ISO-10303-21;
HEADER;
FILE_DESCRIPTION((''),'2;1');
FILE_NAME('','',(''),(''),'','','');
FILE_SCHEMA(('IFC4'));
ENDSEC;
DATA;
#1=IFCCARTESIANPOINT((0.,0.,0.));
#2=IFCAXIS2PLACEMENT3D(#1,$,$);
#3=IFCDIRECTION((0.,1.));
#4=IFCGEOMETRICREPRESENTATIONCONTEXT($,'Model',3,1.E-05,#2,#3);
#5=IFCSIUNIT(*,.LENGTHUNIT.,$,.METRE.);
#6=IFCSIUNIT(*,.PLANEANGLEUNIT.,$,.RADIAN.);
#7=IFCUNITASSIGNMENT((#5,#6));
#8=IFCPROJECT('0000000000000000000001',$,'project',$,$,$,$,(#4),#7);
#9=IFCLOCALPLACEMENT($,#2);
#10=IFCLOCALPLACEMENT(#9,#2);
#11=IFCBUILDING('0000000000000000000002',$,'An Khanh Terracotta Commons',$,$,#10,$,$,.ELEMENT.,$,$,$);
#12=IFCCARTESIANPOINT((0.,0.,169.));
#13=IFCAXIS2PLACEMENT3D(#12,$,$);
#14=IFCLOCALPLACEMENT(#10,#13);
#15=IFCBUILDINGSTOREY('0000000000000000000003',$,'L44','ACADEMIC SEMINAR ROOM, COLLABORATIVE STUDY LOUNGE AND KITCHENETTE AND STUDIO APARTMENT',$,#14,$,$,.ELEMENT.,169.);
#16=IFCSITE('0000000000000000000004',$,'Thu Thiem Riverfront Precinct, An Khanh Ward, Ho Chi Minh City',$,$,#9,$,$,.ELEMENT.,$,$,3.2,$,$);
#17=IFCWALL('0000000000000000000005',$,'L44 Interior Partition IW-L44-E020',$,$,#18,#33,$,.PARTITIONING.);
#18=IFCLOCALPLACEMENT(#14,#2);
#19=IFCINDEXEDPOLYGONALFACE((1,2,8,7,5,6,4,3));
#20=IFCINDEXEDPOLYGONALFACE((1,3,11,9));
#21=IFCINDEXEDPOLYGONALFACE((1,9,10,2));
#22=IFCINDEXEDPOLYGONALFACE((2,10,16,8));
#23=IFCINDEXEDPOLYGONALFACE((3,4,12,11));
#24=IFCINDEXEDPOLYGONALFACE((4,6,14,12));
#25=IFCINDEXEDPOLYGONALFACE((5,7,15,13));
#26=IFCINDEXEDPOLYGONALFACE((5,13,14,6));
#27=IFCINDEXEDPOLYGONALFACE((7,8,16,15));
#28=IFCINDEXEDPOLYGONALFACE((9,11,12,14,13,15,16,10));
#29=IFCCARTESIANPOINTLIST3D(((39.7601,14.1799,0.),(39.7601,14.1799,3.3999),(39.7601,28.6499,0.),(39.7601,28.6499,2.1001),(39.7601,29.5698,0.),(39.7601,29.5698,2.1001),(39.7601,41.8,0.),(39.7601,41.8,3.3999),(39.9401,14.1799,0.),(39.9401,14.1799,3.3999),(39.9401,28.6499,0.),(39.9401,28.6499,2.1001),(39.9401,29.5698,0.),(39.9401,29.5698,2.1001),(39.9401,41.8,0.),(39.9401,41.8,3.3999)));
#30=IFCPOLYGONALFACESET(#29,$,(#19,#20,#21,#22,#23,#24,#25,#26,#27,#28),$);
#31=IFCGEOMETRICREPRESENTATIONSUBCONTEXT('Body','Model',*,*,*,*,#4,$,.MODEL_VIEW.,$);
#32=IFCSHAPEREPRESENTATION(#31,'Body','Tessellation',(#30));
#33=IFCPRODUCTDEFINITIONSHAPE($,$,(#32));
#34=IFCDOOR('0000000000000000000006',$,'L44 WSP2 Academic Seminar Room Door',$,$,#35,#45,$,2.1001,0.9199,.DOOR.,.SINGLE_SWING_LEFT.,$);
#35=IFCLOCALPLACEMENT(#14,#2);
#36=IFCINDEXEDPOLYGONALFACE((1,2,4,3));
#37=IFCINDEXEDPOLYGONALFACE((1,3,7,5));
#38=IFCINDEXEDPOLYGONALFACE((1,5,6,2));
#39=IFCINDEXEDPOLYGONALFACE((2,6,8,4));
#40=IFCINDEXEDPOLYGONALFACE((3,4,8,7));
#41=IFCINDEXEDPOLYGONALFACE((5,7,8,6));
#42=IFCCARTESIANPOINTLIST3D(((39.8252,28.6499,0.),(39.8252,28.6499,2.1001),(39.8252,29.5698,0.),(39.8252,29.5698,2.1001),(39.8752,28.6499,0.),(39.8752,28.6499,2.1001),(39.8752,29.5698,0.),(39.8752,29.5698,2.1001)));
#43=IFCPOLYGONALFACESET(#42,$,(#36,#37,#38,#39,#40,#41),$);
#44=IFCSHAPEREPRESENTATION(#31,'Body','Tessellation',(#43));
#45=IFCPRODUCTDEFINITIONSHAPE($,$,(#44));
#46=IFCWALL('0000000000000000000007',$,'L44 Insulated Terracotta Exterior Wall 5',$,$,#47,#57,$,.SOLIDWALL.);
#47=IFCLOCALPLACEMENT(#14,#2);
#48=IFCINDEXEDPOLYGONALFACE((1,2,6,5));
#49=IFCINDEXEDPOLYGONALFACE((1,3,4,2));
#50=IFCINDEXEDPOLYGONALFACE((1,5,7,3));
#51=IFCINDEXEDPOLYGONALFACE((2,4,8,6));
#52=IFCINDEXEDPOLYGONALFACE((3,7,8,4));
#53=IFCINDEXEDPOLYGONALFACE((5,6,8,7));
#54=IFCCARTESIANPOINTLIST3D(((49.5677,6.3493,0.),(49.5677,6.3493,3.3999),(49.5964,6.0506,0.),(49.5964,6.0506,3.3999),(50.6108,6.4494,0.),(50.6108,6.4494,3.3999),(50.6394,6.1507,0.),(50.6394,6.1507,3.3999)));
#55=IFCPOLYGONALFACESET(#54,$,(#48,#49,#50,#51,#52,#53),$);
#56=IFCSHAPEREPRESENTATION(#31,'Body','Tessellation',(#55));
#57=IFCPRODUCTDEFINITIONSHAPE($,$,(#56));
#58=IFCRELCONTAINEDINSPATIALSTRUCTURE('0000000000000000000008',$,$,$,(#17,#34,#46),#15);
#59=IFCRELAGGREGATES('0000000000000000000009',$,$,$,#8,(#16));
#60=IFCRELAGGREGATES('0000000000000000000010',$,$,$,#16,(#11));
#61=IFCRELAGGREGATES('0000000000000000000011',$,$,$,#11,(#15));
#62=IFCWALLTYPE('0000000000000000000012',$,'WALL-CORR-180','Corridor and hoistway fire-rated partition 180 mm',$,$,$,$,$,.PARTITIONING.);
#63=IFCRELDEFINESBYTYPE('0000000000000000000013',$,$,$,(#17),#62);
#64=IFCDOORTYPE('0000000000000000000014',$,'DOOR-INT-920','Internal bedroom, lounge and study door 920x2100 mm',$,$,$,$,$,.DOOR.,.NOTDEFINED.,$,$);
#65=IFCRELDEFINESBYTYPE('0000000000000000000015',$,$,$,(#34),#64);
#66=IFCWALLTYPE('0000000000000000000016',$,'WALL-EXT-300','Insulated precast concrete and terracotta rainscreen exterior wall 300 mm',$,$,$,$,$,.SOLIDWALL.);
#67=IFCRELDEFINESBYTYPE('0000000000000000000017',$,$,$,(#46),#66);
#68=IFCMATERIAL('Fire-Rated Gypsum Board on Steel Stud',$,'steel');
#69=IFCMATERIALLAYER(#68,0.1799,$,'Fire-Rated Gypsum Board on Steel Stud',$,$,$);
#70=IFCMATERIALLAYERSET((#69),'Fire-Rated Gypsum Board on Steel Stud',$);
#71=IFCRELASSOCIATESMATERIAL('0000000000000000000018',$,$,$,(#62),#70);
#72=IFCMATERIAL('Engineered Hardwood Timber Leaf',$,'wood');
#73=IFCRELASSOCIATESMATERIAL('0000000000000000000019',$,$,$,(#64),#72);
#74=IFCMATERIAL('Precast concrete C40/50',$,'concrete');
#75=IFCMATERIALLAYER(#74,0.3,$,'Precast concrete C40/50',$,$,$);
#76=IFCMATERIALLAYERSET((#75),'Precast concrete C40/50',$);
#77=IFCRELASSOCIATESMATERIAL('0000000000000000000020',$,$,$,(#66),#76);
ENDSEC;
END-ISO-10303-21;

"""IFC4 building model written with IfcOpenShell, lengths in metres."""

from ifc_helpers import new_model, si_unit, direction, frame, frame_2d, origin, place, context, subcontext, project, spatial, rectangle, extrude, material, layer, layer_set, type_object, element, fill, save


model = new_model("IFC4")

# Units and contexts
model_context = context("Model", 3, precision=1e-05, world=origin(), true_north=direction((0.0, 1.0)))
body_context = subcontext(model_context, "Body", "Model", "MODEL_VIEW")
ifc_project = project(units=[si_unit("LENGTHUNIT", "METRE"), si_unit("PLANEANGLEUNIT", "RADIAN")], contexts=[model_context])

# Site, building, storey
site_placement = place(None, origin())
site = spatial("IfcSite", under=ifc_project, at=site_placement, Name="Thu Thiem Riverfront Precinct, An Khanh Ward, Ho Chi Minh City", CompositionType="ELEMENT", RefElevation=3.2)
building_placement = place(site_placement, origin())
building = spatial("IfcBuilding", under=site, at=building_placement, Name="An Khanh Terracotta Commons", CompositionType="ELEMENT")
storey_placement = place(building_placement, frame((0.0, 0.0, 169.0)))
storey = spatial("IfcBuildingStorey", under=building, at=storey_placement, Name="L44", Description="ACADEMIC SEMINAR ROOM, COLLABORATIVE STUDY LOUNGE AND KITCHENETTE AND STUDIO APARTMENT", CompositionType="ELEMENT", Elevation=169.0)

# Wall, opening, door
ifc_material_1 = material(Name="Fire-Rated Gypsum Board on Steel Stud", Category="steel")
ifc_layer_1 = layer(ifc_material_1, 0.1799, Name="Fire-Rated Gypsum Board on Steel Stud")
ifc_layer_set_1 = layer_set([ifc_layer_1], Name="Fire-Rated Gypsum Board on Steel Stud")
wall_type_1 = type_object("IfcWallType", Name="WALL-CORR-180", Description="Corridor and hoistway fire-rated partition 180 mm", PredefinedType="PARTITIONING", material=ifc_layer_set_1)
ifc_material_2 = material(Name="Engineered Hardwood Timber Leaf", Category="wood")
door_type_1 = type_object("IfcDoorType", Name="DOOR-INT-920", Description="Internal bedroom, lounge and study door 920x2100 mm", OperationType="NOTDEFINED", PredefinedType="DOOR", material=ifc_material_2)
wall_1_placement = place(storey_placement, frame((39.8501, 14.1799, 0.0), z_axis=(0.0, 0.0, 1.0), x_axis=(0.0, 1.0, 0.0)))
wall_1 = element("IfcWall", 1, at=wall_1_placement, inside=storey, type_object=wall_type_1, Name="L44 Interior Partition IW-L44-E020", PredefinedType="PARTITIONING", context=body_context, shape_type="SweptSolid", body=[
    extrude(rectangle(XDim=27.6201, YDim=0.1799, at=frame_2d((13.8101, 0.0))), origin(), (0.0, 0.0, 1.0), 3.3999),
])
opening_1_placement = place(wall_1_placement, frame((14.47, 0.0, 0.0)))
opening_1 = element("IfcOpeningElement", 2, at=opening_1_placement, cuts=wall_1, PredefinedType="OPENING", context=body_context, shape_type="SweptSolid", body=[
    extrude(rectangle(XDim=0.9199, YDim=2.1001, at=frame_2d((0.46, 1.05))), frame((0.0, 0.0999, 0.0), z_axis=(0.0, -1.0, 0.0), x_axis=(1.0, 0.0, 0.0)), (0.0, 0.0, 1.0), 0.2),
])
door_1_placement = place(opening_1_placement, origin())
door_1 = element("IfcDoor", 3, at=door_1_placement, inside=storey, type_object=door_type_1, Name="L44 WSP2 Academic Seminar Room Door", OperationType="SINGLE_SWING_LEFT", OverallHeight=2.1001, OverallWidth=0.9199, PredefinedType="DOOR", context=body_context, shape_type="SweptSolid", body=[
    extrude(rectangle(XDim=0.9199, YDim=2.1001, at=frame_2d((0.46, 1.05))), frame((0.0, 0.0249, 0.0), z_axis=(0.0, -1.0, 0.0), x_axis=(1.0, 0.0, 0.0)), (0.0, 0.0, 1.0), 0.05),
])
fill(opening_1, door_1)

# Wall
ifc_material_3 = material(Name="Precast concrete C40/50", Category="concrete")
ifc_layer_2 = layer(ifc_material_3, 0.3, Name="Precast concrete C40/50")
ifc_layer_set_2 = layer_set([ifc_layer_2], Name="Precast concrete C40/50")
wall_type_2 = type_object("IfcWallType", Name="WALL-EXT-300", Description="Insulated precast concrete and terracotta rainscreen exterior wall 300 mm", PredefinedType="SOLIDWALL", material=ifc_layer_set_2)
wall_2_placement = place(storey_placement, frame((49.582, 6.2, 0.0), z_axis=(0.0, 0.0, 1.0), x_axis=(0.995426, 0.095535, 0.0)))
element("IfcWall", 4, at=wall_2_placement, inside=storey, type_object=wall_type_2, Name="L44 Insulated Terracotta Exterior Wall 5", PredefinedType="SOLIDWALL", context=body_context, shape_type="SweptSolid", body=[
    extrude(rectangle(XDim=1.0479, YDim=0.3, at=frame_2d((0.5239, 0.0))), origin(), (0.0, 0.0, 1.0), 3.3999),
])

save(model, "model.ifc")
